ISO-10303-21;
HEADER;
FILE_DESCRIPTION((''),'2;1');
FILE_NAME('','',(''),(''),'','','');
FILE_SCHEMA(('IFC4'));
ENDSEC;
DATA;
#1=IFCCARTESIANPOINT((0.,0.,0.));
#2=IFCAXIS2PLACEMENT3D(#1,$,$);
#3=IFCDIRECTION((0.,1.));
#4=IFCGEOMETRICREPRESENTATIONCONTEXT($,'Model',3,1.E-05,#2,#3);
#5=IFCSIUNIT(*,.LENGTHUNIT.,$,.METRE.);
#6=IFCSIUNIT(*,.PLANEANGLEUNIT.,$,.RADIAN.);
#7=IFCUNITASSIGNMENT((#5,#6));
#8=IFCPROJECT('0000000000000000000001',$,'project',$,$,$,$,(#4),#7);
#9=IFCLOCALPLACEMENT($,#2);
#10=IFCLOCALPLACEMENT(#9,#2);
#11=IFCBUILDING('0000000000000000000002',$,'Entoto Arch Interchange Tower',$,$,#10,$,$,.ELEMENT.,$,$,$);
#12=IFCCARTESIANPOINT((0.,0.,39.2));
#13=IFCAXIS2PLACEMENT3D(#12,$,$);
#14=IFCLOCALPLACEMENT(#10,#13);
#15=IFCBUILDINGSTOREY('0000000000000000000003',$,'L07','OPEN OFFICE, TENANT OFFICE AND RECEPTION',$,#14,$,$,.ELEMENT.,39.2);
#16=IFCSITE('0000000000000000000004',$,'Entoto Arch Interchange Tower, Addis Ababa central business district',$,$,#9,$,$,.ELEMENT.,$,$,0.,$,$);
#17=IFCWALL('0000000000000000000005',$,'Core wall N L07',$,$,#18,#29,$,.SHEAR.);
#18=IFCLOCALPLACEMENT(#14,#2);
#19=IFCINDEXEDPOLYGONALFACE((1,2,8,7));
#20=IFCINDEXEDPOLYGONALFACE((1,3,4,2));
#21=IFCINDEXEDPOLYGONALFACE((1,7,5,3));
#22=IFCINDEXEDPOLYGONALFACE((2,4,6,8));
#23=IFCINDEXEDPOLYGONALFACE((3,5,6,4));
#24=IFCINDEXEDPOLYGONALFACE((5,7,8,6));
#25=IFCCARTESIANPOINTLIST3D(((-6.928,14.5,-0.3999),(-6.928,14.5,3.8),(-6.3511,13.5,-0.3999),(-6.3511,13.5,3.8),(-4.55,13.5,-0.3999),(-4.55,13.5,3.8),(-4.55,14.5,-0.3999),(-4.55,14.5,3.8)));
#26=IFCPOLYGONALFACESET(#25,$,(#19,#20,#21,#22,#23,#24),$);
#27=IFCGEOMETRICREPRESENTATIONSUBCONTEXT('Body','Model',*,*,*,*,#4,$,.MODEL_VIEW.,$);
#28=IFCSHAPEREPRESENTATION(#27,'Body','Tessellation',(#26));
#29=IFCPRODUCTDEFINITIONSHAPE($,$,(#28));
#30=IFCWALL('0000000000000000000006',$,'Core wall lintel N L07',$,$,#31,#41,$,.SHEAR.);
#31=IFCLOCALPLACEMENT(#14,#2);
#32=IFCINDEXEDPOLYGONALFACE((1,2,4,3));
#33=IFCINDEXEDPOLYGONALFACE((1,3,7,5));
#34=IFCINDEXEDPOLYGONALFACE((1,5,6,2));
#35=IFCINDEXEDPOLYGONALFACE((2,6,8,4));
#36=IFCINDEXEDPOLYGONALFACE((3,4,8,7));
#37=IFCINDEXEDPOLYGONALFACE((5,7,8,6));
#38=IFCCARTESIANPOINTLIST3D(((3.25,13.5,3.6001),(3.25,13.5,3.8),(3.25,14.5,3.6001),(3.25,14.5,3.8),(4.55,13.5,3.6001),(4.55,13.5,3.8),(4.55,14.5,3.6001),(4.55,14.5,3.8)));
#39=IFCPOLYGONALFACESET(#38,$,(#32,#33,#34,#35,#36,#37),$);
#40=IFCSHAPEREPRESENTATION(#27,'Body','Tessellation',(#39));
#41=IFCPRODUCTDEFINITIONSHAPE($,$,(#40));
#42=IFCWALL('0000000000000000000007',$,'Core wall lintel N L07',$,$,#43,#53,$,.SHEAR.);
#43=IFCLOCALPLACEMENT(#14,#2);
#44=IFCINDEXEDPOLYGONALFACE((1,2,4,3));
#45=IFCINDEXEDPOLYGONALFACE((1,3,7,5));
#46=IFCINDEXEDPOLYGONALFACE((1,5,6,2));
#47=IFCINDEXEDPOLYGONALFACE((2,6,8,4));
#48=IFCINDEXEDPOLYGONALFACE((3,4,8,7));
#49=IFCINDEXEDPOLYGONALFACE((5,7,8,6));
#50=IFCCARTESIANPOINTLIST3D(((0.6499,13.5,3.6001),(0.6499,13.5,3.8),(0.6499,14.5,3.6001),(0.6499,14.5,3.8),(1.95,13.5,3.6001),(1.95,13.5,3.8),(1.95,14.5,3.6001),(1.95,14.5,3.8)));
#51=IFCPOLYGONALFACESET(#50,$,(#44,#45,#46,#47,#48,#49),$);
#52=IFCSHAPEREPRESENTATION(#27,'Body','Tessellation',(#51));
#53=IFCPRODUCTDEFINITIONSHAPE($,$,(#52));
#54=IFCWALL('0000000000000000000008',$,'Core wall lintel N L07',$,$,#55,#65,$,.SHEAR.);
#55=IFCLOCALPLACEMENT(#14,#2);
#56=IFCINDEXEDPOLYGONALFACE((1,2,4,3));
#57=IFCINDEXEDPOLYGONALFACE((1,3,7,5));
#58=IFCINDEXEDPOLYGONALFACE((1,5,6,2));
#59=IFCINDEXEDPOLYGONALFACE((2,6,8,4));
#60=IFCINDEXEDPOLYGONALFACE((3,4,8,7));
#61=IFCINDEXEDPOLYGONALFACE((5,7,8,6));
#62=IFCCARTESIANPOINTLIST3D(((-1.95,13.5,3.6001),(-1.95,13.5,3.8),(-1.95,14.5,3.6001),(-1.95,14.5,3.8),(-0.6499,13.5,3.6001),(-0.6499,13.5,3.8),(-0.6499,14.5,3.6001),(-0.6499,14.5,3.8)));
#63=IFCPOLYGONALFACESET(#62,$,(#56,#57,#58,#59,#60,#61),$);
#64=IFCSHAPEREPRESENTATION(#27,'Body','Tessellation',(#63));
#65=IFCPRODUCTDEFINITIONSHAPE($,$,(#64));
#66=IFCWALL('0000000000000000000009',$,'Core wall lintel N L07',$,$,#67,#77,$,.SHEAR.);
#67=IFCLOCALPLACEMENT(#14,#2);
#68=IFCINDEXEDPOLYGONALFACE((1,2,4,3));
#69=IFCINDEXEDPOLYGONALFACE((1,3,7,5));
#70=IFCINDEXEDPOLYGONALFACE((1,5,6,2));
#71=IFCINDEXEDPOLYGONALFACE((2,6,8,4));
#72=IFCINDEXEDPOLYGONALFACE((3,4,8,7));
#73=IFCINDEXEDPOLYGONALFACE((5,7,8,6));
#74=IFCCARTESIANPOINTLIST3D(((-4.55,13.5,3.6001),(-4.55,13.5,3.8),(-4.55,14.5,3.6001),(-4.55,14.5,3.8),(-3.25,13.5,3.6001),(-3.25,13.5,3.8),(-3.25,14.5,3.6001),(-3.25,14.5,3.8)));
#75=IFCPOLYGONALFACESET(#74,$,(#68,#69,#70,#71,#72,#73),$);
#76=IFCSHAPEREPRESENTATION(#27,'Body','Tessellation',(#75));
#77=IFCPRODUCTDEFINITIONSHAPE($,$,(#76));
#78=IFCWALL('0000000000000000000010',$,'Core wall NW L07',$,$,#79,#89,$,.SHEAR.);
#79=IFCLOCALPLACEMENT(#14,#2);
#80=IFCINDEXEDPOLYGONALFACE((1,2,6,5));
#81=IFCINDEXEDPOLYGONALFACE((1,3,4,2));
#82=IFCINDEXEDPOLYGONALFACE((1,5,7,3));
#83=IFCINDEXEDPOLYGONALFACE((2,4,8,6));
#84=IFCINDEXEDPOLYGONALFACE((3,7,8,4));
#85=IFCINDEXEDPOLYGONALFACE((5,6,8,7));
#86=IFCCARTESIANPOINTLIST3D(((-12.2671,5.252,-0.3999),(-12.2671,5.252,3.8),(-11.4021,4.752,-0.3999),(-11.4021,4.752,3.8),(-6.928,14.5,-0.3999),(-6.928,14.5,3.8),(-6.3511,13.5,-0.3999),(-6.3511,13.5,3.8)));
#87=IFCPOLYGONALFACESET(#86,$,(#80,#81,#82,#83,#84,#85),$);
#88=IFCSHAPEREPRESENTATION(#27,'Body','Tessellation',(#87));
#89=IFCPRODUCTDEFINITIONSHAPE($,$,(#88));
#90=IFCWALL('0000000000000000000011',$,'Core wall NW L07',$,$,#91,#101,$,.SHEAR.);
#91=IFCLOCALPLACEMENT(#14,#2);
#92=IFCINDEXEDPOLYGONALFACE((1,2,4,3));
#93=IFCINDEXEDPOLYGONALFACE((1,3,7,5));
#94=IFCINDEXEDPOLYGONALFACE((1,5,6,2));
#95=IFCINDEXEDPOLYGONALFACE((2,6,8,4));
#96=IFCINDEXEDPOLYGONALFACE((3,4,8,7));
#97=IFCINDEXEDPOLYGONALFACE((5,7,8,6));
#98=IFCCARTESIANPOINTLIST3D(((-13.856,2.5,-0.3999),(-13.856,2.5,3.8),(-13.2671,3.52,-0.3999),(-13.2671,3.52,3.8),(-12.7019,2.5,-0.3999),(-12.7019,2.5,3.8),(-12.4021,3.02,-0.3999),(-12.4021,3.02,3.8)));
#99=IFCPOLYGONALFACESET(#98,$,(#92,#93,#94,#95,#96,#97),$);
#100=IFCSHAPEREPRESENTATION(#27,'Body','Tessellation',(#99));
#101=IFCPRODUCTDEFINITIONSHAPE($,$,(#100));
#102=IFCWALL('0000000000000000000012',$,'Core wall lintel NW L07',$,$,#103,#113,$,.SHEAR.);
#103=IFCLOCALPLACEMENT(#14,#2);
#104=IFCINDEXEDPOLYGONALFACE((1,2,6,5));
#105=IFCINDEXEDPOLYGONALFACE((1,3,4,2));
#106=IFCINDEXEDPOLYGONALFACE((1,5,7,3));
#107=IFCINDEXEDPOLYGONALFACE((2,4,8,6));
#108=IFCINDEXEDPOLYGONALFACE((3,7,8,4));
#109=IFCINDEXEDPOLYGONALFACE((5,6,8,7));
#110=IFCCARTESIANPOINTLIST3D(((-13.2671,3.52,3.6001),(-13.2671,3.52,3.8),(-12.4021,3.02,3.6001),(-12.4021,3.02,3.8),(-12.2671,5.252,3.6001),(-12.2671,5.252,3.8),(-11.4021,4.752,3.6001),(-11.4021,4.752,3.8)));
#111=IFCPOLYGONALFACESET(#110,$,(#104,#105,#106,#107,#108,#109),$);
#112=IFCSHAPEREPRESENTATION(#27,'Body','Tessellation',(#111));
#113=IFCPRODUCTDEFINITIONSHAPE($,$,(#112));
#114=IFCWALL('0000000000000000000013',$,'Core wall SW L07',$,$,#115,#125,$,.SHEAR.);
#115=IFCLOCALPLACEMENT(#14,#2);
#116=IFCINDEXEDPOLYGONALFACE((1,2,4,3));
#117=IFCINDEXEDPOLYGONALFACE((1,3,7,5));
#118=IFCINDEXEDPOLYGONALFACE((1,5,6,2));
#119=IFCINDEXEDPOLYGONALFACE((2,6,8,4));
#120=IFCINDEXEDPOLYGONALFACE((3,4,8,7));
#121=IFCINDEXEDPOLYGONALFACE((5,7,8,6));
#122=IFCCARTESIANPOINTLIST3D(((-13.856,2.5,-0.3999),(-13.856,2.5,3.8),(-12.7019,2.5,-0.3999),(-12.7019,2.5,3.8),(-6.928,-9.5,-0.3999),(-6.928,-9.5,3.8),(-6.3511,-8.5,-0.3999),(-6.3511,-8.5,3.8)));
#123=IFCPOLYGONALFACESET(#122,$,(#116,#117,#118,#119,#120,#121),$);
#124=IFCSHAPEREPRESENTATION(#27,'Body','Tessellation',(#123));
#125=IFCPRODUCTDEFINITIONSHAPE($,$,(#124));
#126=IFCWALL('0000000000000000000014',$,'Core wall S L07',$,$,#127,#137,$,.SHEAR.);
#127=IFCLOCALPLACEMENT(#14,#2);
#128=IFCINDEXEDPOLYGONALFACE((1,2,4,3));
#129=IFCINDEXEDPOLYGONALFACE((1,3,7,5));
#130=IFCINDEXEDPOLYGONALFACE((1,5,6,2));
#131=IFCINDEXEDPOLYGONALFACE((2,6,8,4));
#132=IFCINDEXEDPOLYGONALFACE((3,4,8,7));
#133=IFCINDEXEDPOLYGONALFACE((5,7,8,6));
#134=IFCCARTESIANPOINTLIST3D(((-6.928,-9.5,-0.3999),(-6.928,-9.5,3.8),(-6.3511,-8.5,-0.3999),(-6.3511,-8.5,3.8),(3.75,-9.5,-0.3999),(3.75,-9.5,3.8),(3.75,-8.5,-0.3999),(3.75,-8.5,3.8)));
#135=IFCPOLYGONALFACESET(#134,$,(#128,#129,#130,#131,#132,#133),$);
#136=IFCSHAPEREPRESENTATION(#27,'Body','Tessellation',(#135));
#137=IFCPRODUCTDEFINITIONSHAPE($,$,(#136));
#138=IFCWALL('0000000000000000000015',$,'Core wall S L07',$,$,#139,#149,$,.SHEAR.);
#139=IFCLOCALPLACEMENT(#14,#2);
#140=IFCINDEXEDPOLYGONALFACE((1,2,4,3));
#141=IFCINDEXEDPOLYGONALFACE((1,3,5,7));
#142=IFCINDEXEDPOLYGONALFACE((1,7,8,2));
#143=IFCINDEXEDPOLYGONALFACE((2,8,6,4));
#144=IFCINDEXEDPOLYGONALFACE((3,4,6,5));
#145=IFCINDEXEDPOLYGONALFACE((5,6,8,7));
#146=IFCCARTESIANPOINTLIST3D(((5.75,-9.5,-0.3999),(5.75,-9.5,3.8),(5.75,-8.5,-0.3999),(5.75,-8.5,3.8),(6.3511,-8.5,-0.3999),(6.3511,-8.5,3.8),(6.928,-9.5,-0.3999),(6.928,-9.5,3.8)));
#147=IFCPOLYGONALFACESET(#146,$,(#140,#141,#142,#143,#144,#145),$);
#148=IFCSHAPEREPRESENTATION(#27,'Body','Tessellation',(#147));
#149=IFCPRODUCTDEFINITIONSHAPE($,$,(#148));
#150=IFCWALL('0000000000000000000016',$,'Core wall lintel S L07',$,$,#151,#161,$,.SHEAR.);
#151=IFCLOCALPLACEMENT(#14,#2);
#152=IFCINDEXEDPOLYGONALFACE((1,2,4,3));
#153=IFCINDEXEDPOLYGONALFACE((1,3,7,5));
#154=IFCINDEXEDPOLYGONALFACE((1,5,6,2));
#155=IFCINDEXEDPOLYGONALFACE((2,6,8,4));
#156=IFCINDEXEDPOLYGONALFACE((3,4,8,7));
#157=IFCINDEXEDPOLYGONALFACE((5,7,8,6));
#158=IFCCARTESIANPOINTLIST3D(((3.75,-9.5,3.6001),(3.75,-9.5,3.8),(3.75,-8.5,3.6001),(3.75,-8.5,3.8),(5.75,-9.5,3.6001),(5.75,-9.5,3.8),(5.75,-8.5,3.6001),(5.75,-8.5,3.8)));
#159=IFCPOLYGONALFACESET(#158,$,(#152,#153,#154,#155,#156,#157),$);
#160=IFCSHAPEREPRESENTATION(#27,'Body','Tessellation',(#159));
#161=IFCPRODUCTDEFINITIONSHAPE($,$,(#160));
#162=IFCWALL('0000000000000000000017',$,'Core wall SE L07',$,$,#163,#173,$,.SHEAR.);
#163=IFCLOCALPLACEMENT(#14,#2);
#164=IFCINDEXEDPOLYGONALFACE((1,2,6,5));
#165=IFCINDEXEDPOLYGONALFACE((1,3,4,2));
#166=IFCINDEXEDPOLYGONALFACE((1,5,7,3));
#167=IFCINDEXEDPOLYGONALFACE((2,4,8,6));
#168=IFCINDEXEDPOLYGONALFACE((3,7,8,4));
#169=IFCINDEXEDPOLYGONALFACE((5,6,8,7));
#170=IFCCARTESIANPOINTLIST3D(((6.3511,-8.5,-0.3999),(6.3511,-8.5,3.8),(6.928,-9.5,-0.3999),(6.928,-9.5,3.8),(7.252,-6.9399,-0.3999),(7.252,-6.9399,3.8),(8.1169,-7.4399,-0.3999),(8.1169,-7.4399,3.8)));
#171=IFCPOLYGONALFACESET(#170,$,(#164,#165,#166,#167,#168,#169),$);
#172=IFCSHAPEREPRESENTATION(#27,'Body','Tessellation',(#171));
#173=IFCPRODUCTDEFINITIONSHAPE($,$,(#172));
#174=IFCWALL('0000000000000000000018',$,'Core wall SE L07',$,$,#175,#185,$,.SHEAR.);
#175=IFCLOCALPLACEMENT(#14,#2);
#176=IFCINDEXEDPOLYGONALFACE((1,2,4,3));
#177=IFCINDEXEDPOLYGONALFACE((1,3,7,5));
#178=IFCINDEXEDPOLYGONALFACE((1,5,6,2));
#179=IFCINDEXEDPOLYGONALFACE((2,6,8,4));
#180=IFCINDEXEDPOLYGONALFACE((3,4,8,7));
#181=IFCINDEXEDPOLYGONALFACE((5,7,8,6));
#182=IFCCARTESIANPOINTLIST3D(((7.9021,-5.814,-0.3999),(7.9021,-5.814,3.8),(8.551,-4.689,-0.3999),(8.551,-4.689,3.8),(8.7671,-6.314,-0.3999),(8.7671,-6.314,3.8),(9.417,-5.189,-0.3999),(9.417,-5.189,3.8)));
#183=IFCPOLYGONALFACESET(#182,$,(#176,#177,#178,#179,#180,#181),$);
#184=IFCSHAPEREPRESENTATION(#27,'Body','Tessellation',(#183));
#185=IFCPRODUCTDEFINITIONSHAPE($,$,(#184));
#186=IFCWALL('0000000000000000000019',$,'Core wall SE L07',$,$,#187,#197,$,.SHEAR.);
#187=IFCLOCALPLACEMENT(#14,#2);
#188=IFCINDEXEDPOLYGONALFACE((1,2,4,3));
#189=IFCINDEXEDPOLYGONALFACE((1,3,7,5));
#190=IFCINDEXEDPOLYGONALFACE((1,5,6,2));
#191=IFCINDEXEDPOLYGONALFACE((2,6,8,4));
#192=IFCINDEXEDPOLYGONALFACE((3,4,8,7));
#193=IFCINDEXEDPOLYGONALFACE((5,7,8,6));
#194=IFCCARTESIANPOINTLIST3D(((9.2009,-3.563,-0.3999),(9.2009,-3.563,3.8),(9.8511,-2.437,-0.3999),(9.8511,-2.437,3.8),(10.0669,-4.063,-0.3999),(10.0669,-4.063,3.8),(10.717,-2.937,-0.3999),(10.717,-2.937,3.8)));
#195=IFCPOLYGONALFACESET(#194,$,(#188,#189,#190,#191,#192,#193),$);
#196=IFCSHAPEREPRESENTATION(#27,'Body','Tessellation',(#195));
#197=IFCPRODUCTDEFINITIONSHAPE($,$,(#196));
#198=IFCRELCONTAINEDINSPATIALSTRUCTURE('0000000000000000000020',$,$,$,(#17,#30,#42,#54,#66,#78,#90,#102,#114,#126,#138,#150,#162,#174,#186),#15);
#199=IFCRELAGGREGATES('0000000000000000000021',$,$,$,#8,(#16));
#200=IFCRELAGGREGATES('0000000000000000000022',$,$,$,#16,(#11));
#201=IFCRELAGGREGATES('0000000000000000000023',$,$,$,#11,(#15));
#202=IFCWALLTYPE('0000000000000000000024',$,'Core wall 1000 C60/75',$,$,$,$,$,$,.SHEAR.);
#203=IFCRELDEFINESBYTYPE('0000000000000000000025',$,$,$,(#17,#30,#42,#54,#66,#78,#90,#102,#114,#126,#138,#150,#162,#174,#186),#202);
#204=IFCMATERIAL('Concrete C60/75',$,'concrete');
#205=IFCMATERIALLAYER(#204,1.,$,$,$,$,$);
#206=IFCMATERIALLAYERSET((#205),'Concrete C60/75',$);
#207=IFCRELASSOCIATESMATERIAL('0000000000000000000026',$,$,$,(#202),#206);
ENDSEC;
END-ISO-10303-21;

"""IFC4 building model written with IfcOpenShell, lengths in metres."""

from ifc_helpers import new_model, si_unit, direction, frame, origin, place, context, subcontext, project, spatial, polyline, outline, extrude, material, layer, layer_set, type_object, element, save


model = new_model("IFC4")

# Units and contexts
model_context = context("Model", 3, precision=1e-05, world=origin(), true_north=direction((0.0, 1.0)))
body_context = subcontext(model_context, "Body", "Model", "MODEL_VIEW")
ifc_project = project(units=[si_unit("LENGTHUNIT", "METRE"), si_unit("PLANEANGLEUNIT", "RADIAN")], contexts=[model_context])

# Site, building, storey
site_placement = place(None, origin())
site = spatial("IfcSite", under=ifc_project, at=site_placement, Name="Entoto Arch Interchange Tower, Addis Ababa central business district", CompositionType="ELEMENT", RefElevation=0.0)
building_placement = place(site_placement, origin())
building = spatial("IfcBuilding", under=site, at=building_placement, Name="Entoto Arch Interchange Tower", CompositionType="ELEMENT")
storey_placement = place(building_placement, frame((0.0, 0.0, 39.2)))
storey = spatial("IfcBuildingStorey", under=building, at=storey_placement, Name="L07", Description="OPEN OFFICE, TENANT OFFICE AND RECEPTION", CompositionType="ELEMENT", Elevation=39.2)

# Walls
ifc_material_1 = material(Name="Concrete C60/75", Category="concrete")
ifc_layer_1 = layer(ifc_material_1, 1.0)
ifc_layer_set_1 = layer_set([ifc_layer_1], Name="Concrete C60/75")
wall_type_1 = type_object("IfcWallType", Name="Core wall 1000 C60/75", PredefinedType="SHEAR", material=ifc_layer_set_1)
wall_1_placement = place(storey_placement, frame((0.0, 0.0, -0.3999)))
element("IfcWall", 1, at=wall_1_placement, inside=storey, type_object=wall_type_1, Name="Core wall N L07", PredefinedType="SHEAR", context=body_context, shape_type="SweptSolid", body=[
    extrude(outline(polyline([(-4.55, 13.5), (-4.55, 14.5), (-6.928, 14.5), (-6.3511, 13.5), (-4.55, 13.5)])), origin(), (0.0, 0.0, 1.0), 4.2),
])
wall_2_placement = place(storey_placement, frame((0.0, 0.0, 3.6001)))
element("IfcWall", 2, at=wall_2_placement, inside=storey, type_object=wall_type_1, Name="Core wall lintel N L07", PredefinedType="SHEAR", context=body_context, shape_type="SweptSolid", body=[
    extrude(outline(polyline([(3.25, 14.5), (3.25, 13.5), (4.55, 13.5), (4.55, 14.5), (3.25, 14.5)])), origin(), (0.0, 0.0, 1.0), 0.2),
])
wall_3_placement = place(storey_placement, frame((0.0, 0.0, 3.6001)))
element("IfcWall", 3, at=wall_3_placement, inside=storey, type_object=wall_type_1, Name="Core wall lintel N L07", PredefinedType="SHEAR", context=body_context, shape_type="SweptSolid", body=[
    extrude(outline(polyline([(0.6499, 14.5), (0.6499, 13.5), (1.95, 13.5), (1.95, 14.5), (0.6499, 14.5)])), origin(), (0.0, 0.0, 1.0), 0.2),
])
wall_4_placement = place(storey_placement, frame((0.0, 0.0, 3.6001)))
element("IfcWall", 4, at=wall_4_placement, inside=storey, type_object=wall_type_1, Name="Core wall lintel N L07", PredefinedType="SHEAR", context=body_context, shape_type="SweptSolid", body=[
    extrude(outline(polyline([(-1.95, 14.5), (-1.95, 13.5), (-0.6499, 13.5), (-0.6499, 14.5), (-1.95, 14.5)])), origin(), (0.0, 0.0, 1.0), 0.2),
])
wall_5_placement = place(storey_placement, frame((0.0, 0.0, 3.6001)))
element("IfcWall", 5, at=wall_5_placement, inside=storey, type_object=wall_type_1, Name="Core wall lintel N L07", PredefinedType="SHEAR", context=body_context, shape_type="SweptSolid", body=[
    extrude(outline(polyline([(-4.55, 14.5), (-4.55, 13.5), (-3.25, 13.5), (-3.25, 14.5), (-4.55, 14.5)])), origin(), (0.0, 0.0, 1.0), 0.2),
])
wall_6_placement = place(storey_placement, frame((0.0, 0.0, -0.3999)))
element("IfcWall", 6, at=wall_6_placement, inside=storey, type_object=wall_type_1, Name="Core wall NW L07", PredefinedType="SHEAR", context=body_context, shape_type="SweptSolid", body=[
    extrude(outline(polyline([(-12.2671, 5.252), (-11.4021, 4.752), (-6.3511, 13.5), (-6.928, 14.5), (-12.2671, 5.252)])), origin(), (0.0, 0.0, 1.0), 4.2),
])
wall_7_placement = place(storey_placement, frame((0.0, 0.0, -0.3999)))
element("IfcWall", 7, at=wall_7_placement, inside=storey, type_object=wall_type_1, Name="Core wall NW L07", PredefinedType="SHEAR", context=body_context, shape_type="SweptSolid", body=[
    extrude(outline(polyline([(-12.4021, 3.02), (-13.2671, 3.52), (-13.856, 2.5), (-12.7019, 2.5), (-12.4021, 3.02)])), origin(), (0.0, 0.0, 1.0), 4.2),
])
wall_8_placement = place(storey_placement, frame((0.0, 0.0, 3.6001)))
element("IfcWall", 8, at=wall_8_placement, inside=storey, type_object=wall_type_1, Name="Core wall lintel NW L07", PredefinedType="SHEAR", context=body_context, shape_type="SweptSolid", body=[
    extrude(outline(polyline([(-13.2671, 3.52), (-12.4021, 3.02), (-11.4021, 4.752), (-12.2671, 5.252), (-13.2671, 3.52)])), origin(), (0.0, 0.0, 1.0), 0.2),
])
wall_9_placement = place(storey_placement, frame((0.0, 0.0, -0.3999)))
element("IfcWall", 9, at=wall_9_placement, inside=storey, type_object=wall_type_1, Name="Core wall SW L07", PredefinedType="SHEAR", context=body_context, shape_type="SweptSolid", body=[
    extrude(outline(polyline([(-13.856, 2.5), (-6.928, -9.5), (-6.3511, -8.5), (-12.7019, 2.5), (-13.856, 2.5)])), origin(), (0.0, 0.0, 1.0), 4.2),
])
wall_10_placement = place(storey_placement, frame((0.0, 0.0, -0.3999)))
element("IfcWall", 10, at=wall_10_placement, inside=storey, type_object=wall_type_1, Name="Core wall S L07", PredefinedType="SHEAR", context=body_context, shape_type="SweptSolid", body=[
    extrude(outline(polyline([(3.75, -9.5), (3.75, -8.5), (-6.3511, -8.5), (-6.928, -9.5), (3.75, -9.5)])), origin(), (0.0, 0.0, 1.0), 4.2),
])
wall_11_placement = place(storey_placement, frame((0.0, 0.0, -0.3999)))
element("IfcWall", 11, at=wall_11_placement, inside=storey, type_object=wall_type_1, Name="Core wall S L07", PredefinedType="SHEAR", context=body_context, shape_type="SweptSolid", body=[
    extrude(outline(polyline([(5.75, -8.5), (5.75, -9.5), (6.928, -9.5), (6.3511, -8.5), (5.75, -8.5)])), origin(), (0.0, 0.0, 1.0), 4.2),
])
wall_12_placement = place(storey_placement, frame((0.0, 0.0, 3.6001)))
element("IfcWall", 12, at=wall_12_placement, inside=storey, type_object=wall_type_1, Name="Core wall lintel S L07", PredefinedType="SHEAR", context=body_context, shape_type="SweptSolid", body=[
    extrude(outline(polyline([(5.75, -9.5), (5.75, -8.5), (3.75, -8.5), (3.75, -9.5), (5.75, -9.5)])), origin(), (0.0, 0.0, 1.0), 0.2),
])
wall_13_placement = place(storey_placement, frame((0.0, 0.0, -0.3999)))
element("IfcWall", 13, at=wall_13_placement, inside=storey, type_object=wall_type_1, Name="Core wall SE L07", PredefinedType="SHEAR", context=body_context, shape_type="SweptSolid", body=[
    extrude(outline(polyline([(8.1169, -7.4399), (7.252, -6.9399), (6.3511, -8.5), (6.928, -9.5), (8.1169, -7.4399)])), origin(), (0.0, 0.0, 1.0), 4.2),
])
wall_14_placement = place(storey_placement, frame((0.0, 0.0, -0.3999)))
element("IfcWall", 14, at=wall_14_placement, inside=storey, type_object=wall_type_1, Name="Core wall SE L07", PredefinedType="SHEAR", context=body_context, shape_type="SweptSolid", body=[
    extrude(outline(polyline([(9.417, -5.189), (8.551, -4.689), (7.9021, -5.814), (8.7671, -6.314), (9.417, -5.189)])), origin(), (0.0, 0.0, 1.0), 4.2),
])
wall_15_placement = place(storey_placement, frame((0.0, 0.0, -0.3999)))
element("IfcWall", 15, at=wall_15_placement, inside=storey, type_object=wall_type_1, Name="Core wall SE L07", PredefinedType="SHEAR", context=body_context, shape_type="SweptSolid", body=[
    extrude(outline(polyline([(10.717, -2.937), (9.8511, -2.437), (9.2009, -3.563), (10.0669, -4.063), (10.717, -2.937)])), origin(), (0.0, 0.0, 1.0), 4.2),
])

save(model, "model.ifc")
